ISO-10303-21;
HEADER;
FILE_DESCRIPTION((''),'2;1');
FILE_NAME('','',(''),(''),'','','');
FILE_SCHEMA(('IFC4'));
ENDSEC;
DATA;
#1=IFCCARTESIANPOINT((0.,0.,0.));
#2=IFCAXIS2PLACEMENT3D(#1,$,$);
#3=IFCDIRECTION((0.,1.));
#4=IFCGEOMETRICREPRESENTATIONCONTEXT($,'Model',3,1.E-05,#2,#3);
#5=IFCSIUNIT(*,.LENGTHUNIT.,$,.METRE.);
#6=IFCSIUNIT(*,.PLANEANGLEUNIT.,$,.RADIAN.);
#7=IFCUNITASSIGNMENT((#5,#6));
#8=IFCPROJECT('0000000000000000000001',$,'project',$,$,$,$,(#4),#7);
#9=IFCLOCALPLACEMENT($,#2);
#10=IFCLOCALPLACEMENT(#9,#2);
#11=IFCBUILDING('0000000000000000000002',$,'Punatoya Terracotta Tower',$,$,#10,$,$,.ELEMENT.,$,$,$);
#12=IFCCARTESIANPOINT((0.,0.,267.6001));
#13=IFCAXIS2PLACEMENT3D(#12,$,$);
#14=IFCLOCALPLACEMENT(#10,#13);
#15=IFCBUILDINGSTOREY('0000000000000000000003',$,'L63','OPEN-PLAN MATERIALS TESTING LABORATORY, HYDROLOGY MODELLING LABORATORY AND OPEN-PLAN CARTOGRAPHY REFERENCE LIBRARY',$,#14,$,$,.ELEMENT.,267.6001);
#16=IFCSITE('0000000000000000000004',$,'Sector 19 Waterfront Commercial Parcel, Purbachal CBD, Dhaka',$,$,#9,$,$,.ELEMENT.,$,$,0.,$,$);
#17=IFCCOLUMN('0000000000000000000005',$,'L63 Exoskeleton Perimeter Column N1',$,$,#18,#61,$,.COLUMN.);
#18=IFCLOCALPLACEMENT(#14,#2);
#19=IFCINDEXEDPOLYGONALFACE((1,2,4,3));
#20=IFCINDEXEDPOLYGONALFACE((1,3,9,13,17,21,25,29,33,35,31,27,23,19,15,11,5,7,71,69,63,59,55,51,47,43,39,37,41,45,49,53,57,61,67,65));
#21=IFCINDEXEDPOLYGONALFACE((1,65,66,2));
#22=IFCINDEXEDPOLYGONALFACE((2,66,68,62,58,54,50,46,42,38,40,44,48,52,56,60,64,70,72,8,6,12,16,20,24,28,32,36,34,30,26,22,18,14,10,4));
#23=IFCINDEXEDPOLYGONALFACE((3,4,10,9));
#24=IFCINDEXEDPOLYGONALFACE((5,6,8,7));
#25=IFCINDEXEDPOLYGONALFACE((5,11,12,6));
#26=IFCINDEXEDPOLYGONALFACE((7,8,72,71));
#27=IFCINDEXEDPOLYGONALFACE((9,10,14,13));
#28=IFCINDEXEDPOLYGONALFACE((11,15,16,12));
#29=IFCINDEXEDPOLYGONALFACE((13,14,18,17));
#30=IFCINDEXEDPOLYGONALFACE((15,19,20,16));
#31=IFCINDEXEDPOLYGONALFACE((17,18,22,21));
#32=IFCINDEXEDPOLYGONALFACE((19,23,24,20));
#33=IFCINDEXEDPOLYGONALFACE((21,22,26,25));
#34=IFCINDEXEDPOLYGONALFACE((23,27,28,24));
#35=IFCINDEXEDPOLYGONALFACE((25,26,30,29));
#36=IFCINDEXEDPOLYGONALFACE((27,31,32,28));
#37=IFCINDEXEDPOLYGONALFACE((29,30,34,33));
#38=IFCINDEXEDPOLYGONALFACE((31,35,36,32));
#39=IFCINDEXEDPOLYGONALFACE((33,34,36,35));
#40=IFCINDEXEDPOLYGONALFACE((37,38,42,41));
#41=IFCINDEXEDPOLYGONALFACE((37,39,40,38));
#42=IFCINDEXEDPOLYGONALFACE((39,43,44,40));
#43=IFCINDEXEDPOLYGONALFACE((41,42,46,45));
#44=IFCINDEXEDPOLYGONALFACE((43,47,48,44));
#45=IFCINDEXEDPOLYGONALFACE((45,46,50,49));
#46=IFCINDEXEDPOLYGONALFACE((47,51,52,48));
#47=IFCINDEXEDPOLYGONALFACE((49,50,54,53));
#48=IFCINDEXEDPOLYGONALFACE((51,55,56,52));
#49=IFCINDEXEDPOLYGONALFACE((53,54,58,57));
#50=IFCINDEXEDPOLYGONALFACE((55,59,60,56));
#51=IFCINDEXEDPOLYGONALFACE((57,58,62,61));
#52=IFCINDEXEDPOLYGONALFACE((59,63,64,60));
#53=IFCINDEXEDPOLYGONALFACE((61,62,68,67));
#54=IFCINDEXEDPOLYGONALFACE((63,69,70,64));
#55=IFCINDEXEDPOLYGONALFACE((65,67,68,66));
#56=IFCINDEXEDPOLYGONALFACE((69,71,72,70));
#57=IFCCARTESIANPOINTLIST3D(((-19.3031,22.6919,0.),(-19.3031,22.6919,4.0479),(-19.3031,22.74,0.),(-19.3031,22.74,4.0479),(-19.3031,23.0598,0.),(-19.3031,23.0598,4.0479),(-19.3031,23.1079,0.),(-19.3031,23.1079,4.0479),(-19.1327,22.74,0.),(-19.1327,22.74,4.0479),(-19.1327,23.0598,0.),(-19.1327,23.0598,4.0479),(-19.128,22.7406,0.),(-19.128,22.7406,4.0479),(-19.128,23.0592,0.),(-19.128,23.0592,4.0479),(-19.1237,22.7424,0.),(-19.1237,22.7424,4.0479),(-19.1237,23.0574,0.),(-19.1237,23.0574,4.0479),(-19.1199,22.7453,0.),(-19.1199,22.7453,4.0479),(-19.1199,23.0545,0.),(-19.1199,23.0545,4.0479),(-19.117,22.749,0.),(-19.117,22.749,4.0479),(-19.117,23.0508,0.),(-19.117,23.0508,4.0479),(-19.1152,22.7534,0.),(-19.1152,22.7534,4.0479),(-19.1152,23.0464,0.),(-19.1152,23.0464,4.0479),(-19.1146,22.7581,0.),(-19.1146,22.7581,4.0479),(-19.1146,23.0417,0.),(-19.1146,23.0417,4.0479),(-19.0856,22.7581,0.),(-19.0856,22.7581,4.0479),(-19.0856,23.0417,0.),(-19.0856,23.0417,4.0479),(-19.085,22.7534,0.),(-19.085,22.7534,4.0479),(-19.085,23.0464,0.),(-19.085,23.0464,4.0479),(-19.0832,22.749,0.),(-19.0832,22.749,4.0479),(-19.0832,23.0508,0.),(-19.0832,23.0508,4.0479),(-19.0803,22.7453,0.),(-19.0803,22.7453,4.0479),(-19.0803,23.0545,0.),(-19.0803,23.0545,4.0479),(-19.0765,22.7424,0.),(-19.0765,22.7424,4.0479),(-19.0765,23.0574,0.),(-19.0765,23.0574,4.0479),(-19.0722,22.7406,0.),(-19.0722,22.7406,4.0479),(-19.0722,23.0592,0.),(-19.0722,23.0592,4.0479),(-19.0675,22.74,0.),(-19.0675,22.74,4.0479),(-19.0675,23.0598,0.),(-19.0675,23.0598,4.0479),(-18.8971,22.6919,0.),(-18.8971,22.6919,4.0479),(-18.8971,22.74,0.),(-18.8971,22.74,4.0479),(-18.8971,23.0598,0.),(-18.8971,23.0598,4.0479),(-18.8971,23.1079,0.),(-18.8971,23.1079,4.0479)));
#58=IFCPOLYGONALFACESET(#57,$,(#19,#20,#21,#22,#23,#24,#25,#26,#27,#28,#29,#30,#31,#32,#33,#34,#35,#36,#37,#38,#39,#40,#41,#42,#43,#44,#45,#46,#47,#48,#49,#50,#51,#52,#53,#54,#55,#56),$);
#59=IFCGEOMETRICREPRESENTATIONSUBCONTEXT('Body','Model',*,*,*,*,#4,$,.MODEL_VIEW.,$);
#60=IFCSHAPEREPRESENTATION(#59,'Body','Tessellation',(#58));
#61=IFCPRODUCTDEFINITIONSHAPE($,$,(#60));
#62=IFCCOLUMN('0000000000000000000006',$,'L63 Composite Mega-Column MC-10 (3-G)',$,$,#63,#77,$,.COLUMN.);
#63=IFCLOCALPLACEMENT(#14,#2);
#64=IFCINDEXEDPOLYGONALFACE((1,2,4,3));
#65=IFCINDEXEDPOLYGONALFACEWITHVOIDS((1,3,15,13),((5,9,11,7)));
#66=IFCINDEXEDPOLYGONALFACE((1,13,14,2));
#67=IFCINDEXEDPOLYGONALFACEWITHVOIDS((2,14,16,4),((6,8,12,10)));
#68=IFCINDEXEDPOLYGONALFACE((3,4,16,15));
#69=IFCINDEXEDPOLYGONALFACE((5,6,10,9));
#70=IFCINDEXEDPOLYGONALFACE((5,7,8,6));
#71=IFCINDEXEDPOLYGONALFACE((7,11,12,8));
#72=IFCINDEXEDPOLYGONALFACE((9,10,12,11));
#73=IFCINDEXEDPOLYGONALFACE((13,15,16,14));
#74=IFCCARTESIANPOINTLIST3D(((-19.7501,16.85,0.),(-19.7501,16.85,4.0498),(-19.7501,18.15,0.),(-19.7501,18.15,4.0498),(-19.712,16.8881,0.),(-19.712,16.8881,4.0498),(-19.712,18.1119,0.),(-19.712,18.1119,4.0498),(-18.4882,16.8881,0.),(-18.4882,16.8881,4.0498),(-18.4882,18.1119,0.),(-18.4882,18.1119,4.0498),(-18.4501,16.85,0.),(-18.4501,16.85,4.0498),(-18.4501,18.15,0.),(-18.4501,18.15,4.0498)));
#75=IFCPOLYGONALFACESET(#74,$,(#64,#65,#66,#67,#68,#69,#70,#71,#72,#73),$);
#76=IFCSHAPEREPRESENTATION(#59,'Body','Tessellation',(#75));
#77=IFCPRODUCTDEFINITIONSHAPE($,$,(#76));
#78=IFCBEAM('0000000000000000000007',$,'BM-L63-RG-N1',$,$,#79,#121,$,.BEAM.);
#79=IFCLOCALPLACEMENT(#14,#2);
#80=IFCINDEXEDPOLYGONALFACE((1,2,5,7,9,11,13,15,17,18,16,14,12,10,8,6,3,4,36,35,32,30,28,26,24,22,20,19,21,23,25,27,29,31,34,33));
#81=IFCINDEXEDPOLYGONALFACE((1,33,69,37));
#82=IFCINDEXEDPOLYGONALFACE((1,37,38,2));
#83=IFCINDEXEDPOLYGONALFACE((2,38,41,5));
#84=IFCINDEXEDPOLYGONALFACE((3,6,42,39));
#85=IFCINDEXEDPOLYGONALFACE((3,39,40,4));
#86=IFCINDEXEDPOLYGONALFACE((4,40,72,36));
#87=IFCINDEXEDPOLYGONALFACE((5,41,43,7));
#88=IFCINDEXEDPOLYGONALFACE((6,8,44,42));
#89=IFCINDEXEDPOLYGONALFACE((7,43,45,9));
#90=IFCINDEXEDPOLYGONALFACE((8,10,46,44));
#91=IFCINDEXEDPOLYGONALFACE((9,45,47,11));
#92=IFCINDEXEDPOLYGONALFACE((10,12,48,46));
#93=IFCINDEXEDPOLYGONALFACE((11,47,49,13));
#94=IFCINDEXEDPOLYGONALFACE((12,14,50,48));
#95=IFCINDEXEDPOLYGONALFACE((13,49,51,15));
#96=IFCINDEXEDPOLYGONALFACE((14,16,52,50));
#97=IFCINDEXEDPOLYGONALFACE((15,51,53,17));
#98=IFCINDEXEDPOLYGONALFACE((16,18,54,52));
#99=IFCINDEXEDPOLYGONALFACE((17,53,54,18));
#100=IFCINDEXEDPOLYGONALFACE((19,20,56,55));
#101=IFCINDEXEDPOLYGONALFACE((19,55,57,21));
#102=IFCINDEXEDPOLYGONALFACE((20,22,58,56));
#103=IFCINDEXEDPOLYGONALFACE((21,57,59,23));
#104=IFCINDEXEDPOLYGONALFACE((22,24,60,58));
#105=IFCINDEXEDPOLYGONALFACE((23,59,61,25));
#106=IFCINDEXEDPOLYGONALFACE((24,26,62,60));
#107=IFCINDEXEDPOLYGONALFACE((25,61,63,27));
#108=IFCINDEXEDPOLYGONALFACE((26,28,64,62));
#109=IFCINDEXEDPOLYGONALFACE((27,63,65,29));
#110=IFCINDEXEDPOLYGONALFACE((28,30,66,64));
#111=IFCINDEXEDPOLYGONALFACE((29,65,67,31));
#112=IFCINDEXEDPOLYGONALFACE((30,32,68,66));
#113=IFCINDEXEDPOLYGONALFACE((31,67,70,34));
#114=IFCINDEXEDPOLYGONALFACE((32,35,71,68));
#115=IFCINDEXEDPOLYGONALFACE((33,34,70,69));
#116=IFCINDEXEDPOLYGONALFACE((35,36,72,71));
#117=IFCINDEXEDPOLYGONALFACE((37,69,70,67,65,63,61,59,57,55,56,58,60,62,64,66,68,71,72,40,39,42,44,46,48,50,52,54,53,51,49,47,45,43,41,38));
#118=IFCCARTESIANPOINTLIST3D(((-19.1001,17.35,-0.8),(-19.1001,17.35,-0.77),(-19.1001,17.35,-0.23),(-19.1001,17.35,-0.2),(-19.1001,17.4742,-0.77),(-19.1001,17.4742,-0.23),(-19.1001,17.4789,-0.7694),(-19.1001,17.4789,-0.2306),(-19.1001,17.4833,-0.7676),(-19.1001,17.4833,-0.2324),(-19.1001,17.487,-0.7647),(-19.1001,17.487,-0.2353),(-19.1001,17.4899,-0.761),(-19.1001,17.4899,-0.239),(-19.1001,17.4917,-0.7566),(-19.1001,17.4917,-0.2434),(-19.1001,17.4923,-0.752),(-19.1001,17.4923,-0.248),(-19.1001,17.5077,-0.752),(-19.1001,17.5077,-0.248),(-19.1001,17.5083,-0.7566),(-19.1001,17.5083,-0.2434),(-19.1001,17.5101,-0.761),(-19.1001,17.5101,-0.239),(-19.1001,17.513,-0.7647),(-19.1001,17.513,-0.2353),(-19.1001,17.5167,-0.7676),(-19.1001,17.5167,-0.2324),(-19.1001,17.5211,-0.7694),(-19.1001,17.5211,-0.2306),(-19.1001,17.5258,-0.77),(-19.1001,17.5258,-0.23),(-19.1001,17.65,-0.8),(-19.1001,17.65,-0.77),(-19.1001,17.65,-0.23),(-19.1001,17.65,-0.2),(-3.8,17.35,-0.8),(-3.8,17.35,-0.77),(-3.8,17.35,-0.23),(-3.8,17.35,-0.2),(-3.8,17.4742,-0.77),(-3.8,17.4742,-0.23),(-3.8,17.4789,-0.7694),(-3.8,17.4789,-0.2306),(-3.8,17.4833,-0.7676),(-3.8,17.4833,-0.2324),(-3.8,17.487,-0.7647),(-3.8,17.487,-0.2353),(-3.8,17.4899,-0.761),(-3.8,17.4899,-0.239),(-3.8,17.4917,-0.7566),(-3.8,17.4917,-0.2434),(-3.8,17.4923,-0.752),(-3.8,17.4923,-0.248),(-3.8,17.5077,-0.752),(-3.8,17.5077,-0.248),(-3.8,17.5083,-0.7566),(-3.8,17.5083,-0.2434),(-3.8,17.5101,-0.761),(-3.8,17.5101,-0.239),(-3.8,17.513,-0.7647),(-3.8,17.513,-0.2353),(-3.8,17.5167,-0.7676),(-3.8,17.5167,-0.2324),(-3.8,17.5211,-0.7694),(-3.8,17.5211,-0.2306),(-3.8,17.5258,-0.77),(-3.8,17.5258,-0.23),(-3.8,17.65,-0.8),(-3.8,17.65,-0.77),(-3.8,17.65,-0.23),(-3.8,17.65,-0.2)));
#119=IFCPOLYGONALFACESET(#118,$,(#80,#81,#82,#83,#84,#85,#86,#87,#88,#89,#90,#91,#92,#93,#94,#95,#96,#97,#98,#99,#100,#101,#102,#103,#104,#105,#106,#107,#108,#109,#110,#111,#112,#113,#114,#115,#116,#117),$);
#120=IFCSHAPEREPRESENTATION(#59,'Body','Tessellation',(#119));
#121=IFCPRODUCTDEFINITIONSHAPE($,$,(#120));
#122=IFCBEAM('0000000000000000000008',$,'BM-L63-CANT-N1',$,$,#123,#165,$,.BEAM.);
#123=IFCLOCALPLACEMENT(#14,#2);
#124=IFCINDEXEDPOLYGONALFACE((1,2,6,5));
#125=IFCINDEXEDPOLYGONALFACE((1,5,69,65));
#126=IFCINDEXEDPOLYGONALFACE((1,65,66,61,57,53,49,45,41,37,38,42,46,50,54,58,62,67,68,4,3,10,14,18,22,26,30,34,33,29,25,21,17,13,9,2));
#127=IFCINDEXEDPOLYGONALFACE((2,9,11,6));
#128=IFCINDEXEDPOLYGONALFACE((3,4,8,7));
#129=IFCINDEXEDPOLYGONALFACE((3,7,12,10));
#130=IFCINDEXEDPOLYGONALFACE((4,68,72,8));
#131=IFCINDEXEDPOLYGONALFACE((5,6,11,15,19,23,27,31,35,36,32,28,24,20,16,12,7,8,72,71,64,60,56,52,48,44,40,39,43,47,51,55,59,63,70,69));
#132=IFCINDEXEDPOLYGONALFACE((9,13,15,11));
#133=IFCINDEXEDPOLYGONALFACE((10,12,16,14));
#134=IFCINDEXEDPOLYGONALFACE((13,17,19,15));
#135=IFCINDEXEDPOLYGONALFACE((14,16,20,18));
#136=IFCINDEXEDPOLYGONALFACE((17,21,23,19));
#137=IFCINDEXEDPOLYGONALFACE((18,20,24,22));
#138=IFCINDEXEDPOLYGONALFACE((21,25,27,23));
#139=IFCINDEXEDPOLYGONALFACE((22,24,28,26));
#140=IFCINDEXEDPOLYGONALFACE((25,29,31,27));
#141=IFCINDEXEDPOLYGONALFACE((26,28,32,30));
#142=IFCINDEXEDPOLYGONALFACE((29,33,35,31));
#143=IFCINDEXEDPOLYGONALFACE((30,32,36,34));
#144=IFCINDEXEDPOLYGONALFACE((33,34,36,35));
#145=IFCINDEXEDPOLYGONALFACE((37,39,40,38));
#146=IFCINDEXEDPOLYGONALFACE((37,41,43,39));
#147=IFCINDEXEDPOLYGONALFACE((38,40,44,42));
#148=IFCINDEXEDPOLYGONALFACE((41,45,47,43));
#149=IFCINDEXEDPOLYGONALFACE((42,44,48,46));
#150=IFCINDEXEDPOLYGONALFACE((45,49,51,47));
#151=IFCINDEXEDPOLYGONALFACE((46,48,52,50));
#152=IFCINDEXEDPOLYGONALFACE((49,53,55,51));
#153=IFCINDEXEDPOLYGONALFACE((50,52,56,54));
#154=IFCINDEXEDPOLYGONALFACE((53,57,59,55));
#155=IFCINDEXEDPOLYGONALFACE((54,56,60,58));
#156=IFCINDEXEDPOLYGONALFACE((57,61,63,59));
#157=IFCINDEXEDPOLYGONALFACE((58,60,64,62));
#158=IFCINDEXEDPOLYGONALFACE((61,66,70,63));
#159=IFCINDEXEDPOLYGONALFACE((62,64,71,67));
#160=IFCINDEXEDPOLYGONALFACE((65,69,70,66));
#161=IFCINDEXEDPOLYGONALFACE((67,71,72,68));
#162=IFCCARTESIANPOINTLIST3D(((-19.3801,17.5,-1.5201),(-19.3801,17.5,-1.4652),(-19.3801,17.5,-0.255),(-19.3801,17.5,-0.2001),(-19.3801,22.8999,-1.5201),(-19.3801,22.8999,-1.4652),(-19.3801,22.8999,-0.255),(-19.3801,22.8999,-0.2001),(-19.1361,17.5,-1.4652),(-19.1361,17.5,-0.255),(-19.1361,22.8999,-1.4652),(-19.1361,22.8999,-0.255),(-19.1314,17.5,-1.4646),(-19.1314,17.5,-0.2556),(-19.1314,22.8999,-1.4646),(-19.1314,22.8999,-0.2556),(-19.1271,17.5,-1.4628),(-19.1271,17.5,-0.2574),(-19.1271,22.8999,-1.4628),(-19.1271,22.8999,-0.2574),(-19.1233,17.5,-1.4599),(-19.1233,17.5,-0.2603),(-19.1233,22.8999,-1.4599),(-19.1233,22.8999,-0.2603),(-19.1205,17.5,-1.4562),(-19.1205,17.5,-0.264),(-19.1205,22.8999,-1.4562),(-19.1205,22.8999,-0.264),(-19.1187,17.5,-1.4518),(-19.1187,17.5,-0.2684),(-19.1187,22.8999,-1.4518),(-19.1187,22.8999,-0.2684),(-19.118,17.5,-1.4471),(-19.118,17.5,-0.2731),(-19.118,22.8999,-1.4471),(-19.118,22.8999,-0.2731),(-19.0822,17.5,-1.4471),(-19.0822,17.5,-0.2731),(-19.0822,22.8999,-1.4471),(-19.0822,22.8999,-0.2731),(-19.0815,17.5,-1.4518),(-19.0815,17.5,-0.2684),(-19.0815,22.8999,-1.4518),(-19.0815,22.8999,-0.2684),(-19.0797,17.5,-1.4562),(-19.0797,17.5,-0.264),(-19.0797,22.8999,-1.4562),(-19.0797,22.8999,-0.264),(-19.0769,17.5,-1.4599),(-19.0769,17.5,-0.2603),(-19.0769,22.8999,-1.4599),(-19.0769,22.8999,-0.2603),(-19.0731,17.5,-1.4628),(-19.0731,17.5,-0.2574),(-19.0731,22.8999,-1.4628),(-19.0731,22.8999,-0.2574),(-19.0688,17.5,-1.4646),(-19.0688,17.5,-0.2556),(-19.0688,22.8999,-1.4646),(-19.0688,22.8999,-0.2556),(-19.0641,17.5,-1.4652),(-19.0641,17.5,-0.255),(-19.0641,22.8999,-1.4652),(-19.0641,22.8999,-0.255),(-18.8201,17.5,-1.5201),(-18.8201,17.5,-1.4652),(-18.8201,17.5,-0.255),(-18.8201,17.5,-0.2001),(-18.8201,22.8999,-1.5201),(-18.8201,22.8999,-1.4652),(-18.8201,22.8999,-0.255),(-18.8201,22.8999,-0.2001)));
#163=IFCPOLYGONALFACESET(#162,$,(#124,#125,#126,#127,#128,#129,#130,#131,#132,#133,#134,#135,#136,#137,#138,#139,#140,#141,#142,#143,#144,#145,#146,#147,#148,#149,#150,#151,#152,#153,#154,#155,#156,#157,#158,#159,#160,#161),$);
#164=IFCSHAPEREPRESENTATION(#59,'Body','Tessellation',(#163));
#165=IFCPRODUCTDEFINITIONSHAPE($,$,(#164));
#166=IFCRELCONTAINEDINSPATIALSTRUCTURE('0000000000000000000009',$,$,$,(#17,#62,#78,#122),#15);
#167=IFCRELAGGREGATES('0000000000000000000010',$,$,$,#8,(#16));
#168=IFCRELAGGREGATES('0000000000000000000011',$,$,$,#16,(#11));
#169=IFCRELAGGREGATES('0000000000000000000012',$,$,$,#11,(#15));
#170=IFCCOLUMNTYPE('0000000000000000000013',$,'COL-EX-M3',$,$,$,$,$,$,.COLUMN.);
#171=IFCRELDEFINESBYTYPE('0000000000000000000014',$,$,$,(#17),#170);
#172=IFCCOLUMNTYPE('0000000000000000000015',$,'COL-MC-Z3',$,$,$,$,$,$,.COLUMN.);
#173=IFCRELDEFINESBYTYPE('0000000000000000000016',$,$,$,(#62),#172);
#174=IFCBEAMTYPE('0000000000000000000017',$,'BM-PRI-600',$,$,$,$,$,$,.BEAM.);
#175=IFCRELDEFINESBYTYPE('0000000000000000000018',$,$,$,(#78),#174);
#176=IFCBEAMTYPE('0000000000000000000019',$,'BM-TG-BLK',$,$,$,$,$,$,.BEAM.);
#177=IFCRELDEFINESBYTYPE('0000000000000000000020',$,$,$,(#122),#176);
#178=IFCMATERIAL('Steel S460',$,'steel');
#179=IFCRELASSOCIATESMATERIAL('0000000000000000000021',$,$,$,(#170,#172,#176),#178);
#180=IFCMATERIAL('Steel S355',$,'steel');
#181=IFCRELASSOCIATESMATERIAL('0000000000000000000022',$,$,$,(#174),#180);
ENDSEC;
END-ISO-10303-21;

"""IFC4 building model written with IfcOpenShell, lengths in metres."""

from ifc_helpers import new_model, si_unit, direction, frame, origin, origin_2d, place, context, subcontext, project, spatial, hollow_rectangle, i_section, extrude, material, material_profile, profile_set, type_object, element, save


model = new_model("IFC4")

# Units and contexts
model_context = context("Model", 3, precision=1e-05, world=origin(), true_north=direction((0.0, 1.0)))
body_context = subcontext(model_context, "Body", "Model", "MODEL_VIEW")
ifc_project = project(units=[si_unit("LENGTHUNIT", "METRE"), si_unit("PLANEANGLEUNIT", "RADIAN")], contexts=[model_context])

# Site, building, storey
site_placement = place(None, origin())
site = spatial("IfcSite", under=ifc_project, at=site_placement, Name="Sector 19 Waterfront Commercial Parcel, Purbachal CBD, Dhaka", CompositionType="ELEMENT", RefElevation=0.0)
building_placement = place(site_placement, origin())
building = spatial("IfcBuilding", under=site, at=building_placement, Name="Punatoya Terracotta Tower", CompositionType="ELEMENT")
storey_placement = place(building_placement, frame((0.0, 0.0, 267.6001)))
storey = spatial("IfcBuildingStorey", under=building, at=storey_placement, Name="L63", Description="OPEN-PLAN MATERIALS TESTING LABORATORY, HYDROLOGY MODELLING LABORATORY AND OPEN-PLAN CARTOGRAPHY REFERENCE LIBRARY", CompositionType="ELEMENT", Elevation=267.6001)

# Columns
ifc_material_1 = material(Name="Steel S460", Category="steel")
ifc_material_profile_1 = material_profile(ifc_material_1, i_section(OverallWidth=0.406, OverallDepth=0.416, WebThickness=0.0291, FlangeThickness=0.0481, FilletRadius=0.0181, at=origin_2d()))
ifc_profile_set_1 = profile_set([ifc_material_profile_1], Name="Steel S460")
column_type_1 = type_object("IfcColumnType", Name="COL-EX-M3", PredefinedType="COLUMN", material=ifc_profile_set_1)
column_1_placement = place(storey_placement, frame((-19.1001, 22.8999, 0.0), z_axis=(0.0, 0.0, 1.0), x_axis=(1.0, 0.0, 0.0)))
element("IfcColumn", 1, at=column_1_placement, inside=storey, type_object=column_type_1, Name="L63 Exoskeleton Perimeter Column N1", PredefinedType="COLUMN", context=body_context, shape_type="SweptSolid", body=[
    extrude(i_section(OverallWidth=0.406, OverallDepth=0.416, WebThickness=0.0291, FlangeThickness=0.0481, FilletRadius=0.0181, at=origin_2d()), origin(), (0.0, 0.0, 1.0), 4.0479),
])
ifc_material_profile_2 = material_profile(ifc_material_1, hollow_rectangle(XDim=1.3, YDim=1.3, WallThickness=0.0381, at=origin_2d()))
ifc_profile_set_2 = profile_set([ifc_material_profile_2], Name="Steel S460")
column_type_2 = type_object("IfcColumnType", Name="COL-MC-Z3", PredefinedType="COLUMN", material=ifc_profile_set_2)
column_2_placement = place(storey_placement, frame((-19.1001, 17.5, 0.0), z_axis=(0.0, 0.0, 1.0), x_axis=(1.0, 0.0, 0.0)))
element("IfcColumn", 2, at=column_2_placement, inside=storey, type_object=column_type_2, Name="L63 Composite Mega-Column MC-10 (3-G)", PredefinedType="COLUMN", context=body_context, shape_type="SweptSolid", body=[
    extrude(hollow_rectangle(XDim=1.3, YDim=1.3, WallThickness=0.0381, at=origin_2d()), origin(), (0.0, 0.0, 1.0), 4.0498),
])

# Beams
ifc_material_2 = material(Name="Steel S355", Category="steel")
ifc_material_profile_3 = material_profile(ifc_material_2, i_section(OverallWidth=0.3, OverallDepth=0.6001, WebThickness=0.0154, FlangeThickness=0.03, FilletRadius=0.0181, at=origin_2d()))
ifc_profile_set_3 = profile_set([ifc_material_profile_3], Name="Steel S355")
beam_type_1 = type_object("IfcBeamType", Name="BM-PRI-600", PredefinedType="BEAM", material=ifc_profile_set_3)
beam_1_placement = place(storey_placement, frame((-19.1001, 17.5, -0.5), z_axis=(1.0, 0.0, 0.0), x_axis=(0.0, 1.0, 0.0)))
element("IfcBeam", 3, at=beam_1_placement, inside=storey, type_object=beam_type_1, Name="BM-L63-RG-N1", PredefinedType="BEAM", context=body_context, shape_type="SweptSolid", body=[
    extrude(i_section(OverallWidth=0.3, OverallDepth=0.6001, WebThickness=0.0154, FlangeThickness=0.03, FilletRadius=0.0181, at=origin_2d()), origin(), (0.0, 0.0, 1.0), 15.3),
])
ifc_material_profile_4 = material_profile(ifc_material_1, i_section(OverallWidth=0.5601, OverallDepth=1.3201, WebThickness=0.0359, FlangeThickness=0.0549, FilletRadius=0.0181, at=origin_2d()))
ifc_profile_set_4 = profile_set([ifc_material_profile_4], Name="Steel S460")
beam_type_2 = type_object("IfcBeamType", Name="BM-TG-BLK", PredefinedType="BEAM", material=ifc_profile_set_4)
beam_2_placement = place(storey_placement, frame((-19.1001, 17.5, -0.8601), z_axis=(0.0, 1.0, 0.0), x_axis=(-1.0, 0.0, 0.0)))
element("IfcBeam", 4, at=beam_2_placement, inside=storey, type_object=beam_type_2, Name="BM-L63-CANT-N1", PredefinedType="BEAM", context=body_context, shape_type="SweptSolid", body=[
    extrude(i_section(OverallWidth=0.5601, OverallDepth=1.3201, WebThickness=0.0359, FlangeThickness=0.0549, FilletRadius=0.0181, at=origin_2d()), origin(), (0.0, 0.0, 1.0), 5.3999),
])

save(model, "model.ifc")
